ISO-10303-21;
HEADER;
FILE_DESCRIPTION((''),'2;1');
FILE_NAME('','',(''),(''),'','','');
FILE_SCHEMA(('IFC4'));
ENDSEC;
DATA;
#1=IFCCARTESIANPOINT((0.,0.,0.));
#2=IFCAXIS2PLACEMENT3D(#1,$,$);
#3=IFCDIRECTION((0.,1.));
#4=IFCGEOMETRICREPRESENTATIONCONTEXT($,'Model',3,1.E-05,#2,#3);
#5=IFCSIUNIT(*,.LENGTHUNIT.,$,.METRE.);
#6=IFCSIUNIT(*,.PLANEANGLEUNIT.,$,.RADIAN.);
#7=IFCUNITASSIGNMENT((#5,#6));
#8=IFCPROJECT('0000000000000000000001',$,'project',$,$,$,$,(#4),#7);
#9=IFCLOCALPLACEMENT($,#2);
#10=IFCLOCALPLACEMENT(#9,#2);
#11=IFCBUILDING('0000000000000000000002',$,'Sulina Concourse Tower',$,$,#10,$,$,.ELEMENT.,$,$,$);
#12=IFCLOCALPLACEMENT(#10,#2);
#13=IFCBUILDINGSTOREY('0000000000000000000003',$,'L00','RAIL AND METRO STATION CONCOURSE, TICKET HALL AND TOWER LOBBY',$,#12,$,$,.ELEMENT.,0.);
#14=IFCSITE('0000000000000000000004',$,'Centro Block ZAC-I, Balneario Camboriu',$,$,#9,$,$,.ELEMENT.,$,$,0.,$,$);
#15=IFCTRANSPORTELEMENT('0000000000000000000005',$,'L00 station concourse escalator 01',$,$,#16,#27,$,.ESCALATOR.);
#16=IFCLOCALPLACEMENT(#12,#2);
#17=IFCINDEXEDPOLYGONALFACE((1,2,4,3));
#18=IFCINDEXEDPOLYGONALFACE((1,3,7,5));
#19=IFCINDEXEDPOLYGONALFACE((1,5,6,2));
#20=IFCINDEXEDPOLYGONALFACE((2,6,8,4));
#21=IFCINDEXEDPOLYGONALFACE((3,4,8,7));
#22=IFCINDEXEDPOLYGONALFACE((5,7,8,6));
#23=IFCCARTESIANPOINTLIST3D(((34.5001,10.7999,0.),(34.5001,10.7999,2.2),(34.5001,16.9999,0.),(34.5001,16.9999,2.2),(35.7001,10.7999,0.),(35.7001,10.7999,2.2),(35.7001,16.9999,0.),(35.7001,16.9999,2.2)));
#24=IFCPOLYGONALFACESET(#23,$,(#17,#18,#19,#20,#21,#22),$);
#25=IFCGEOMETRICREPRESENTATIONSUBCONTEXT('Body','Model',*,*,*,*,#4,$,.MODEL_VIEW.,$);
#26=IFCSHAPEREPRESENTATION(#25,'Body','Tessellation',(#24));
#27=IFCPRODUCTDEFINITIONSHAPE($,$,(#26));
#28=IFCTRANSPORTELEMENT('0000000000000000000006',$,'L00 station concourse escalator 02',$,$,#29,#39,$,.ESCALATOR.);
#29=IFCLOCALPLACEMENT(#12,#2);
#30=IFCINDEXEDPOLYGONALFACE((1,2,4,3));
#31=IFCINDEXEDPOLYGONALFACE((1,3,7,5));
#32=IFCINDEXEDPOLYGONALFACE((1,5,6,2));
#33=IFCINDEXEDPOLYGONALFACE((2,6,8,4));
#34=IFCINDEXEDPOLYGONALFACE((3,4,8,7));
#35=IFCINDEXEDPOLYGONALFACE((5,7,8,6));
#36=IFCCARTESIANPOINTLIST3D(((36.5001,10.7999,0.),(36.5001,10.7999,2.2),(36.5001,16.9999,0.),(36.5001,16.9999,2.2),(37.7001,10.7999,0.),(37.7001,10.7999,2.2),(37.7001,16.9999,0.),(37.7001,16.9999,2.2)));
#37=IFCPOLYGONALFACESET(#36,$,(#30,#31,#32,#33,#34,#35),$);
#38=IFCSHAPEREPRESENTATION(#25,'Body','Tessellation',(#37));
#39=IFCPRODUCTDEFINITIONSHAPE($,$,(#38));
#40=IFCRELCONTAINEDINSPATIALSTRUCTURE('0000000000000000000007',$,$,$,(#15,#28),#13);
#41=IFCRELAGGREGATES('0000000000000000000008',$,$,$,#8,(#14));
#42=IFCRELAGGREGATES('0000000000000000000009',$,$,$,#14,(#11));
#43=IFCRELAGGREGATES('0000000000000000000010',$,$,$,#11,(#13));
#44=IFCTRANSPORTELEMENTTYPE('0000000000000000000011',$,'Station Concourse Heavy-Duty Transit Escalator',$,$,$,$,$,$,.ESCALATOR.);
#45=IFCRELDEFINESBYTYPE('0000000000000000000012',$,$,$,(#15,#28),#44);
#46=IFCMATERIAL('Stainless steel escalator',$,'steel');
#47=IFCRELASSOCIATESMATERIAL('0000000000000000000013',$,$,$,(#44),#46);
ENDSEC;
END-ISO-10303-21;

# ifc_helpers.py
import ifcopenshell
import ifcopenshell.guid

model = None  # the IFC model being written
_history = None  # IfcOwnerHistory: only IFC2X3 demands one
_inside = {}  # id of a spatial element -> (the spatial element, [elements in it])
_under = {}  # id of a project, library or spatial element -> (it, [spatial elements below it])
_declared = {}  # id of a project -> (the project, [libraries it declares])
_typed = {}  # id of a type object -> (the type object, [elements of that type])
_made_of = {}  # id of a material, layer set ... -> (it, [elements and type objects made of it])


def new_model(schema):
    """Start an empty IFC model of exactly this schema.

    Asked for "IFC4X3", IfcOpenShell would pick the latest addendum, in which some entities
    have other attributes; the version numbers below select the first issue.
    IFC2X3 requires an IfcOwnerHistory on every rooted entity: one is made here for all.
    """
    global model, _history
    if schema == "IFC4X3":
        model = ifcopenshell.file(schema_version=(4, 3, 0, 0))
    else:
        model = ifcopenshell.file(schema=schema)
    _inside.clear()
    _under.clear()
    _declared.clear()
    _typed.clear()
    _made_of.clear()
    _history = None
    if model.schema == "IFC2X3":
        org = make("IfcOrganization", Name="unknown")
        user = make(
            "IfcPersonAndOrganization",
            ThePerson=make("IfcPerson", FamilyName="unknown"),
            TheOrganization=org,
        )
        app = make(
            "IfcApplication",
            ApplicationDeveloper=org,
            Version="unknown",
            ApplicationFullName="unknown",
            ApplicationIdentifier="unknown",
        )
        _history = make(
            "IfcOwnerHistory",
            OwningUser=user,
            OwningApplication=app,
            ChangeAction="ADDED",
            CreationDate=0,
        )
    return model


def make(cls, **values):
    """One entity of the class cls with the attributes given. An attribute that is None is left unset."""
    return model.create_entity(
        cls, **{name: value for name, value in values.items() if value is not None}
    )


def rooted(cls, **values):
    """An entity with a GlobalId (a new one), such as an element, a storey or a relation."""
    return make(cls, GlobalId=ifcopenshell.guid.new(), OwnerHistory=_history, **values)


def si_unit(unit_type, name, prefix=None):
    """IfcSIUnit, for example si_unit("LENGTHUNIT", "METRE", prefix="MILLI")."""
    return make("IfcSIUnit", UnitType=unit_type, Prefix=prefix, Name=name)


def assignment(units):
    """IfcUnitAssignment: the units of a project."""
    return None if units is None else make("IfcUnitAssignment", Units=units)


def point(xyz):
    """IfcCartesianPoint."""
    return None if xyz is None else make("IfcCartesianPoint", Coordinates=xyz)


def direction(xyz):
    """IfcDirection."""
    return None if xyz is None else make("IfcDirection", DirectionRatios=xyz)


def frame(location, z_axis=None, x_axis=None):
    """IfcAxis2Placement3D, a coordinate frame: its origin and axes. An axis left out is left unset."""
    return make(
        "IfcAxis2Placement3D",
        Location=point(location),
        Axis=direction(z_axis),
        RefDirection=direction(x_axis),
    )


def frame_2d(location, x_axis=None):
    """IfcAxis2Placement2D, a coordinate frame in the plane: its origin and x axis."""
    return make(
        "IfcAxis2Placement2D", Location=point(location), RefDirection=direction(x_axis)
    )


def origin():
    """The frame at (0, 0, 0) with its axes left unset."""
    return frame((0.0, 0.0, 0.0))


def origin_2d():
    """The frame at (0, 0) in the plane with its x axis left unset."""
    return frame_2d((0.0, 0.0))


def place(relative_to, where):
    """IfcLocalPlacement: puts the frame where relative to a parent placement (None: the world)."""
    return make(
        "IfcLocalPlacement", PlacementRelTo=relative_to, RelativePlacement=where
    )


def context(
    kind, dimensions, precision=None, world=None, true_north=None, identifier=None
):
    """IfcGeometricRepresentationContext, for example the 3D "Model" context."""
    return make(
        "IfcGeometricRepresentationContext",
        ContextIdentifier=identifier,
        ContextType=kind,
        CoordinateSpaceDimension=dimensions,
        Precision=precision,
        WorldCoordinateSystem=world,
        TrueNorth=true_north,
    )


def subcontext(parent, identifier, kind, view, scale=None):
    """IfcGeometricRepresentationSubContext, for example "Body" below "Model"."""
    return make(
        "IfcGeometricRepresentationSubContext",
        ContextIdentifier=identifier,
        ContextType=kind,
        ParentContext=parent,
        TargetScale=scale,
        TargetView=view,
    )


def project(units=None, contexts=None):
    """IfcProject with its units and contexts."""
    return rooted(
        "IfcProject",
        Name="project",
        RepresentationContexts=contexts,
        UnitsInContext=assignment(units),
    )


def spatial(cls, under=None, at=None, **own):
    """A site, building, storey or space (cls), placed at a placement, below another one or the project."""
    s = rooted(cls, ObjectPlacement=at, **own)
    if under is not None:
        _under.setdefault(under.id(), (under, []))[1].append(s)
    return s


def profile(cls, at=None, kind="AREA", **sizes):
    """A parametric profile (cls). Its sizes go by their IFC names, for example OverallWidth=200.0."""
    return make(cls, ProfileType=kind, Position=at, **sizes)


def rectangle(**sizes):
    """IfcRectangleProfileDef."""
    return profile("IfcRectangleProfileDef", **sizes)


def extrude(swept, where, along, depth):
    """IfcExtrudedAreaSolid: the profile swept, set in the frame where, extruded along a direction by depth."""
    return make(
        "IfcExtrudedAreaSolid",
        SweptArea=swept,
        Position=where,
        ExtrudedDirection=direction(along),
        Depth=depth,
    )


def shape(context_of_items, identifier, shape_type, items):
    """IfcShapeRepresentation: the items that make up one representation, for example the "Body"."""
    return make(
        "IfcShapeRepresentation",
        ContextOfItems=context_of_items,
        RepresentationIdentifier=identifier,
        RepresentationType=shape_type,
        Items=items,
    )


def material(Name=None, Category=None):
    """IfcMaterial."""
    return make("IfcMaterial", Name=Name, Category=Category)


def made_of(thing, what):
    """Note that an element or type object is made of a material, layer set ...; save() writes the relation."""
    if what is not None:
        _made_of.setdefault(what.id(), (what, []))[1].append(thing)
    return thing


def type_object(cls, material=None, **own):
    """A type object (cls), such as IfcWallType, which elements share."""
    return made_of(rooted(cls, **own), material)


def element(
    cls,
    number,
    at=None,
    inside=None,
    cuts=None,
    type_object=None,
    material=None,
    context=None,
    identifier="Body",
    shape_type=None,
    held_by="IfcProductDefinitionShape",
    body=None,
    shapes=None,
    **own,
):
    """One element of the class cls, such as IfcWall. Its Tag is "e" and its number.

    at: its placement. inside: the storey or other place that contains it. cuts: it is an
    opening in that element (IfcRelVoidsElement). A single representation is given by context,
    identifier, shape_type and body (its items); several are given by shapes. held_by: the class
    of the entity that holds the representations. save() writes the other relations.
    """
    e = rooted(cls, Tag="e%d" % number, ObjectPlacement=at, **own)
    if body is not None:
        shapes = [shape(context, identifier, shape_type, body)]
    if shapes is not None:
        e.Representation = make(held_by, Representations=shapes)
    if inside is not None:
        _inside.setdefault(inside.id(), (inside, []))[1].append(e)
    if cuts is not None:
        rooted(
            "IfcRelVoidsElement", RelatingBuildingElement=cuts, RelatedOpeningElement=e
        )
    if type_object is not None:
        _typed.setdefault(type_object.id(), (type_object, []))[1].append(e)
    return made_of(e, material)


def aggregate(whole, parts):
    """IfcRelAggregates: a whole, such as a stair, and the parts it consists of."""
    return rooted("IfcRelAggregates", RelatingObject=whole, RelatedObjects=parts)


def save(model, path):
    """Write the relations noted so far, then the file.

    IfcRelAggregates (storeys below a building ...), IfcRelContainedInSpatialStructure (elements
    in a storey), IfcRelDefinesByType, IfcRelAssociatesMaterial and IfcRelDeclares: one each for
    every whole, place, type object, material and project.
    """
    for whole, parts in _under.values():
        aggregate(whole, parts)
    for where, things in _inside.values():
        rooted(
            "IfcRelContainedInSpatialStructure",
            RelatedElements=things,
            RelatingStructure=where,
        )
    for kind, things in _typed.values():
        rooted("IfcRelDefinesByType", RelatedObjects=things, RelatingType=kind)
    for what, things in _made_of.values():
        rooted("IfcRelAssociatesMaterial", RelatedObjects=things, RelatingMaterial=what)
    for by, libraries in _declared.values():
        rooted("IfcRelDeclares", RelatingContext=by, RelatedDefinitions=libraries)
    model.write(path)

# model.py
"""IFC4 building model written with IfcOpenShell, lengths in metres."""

from ifc_helpers import new_model, si_unit, direction, frame, origin, origin_2d, place, context, subcontext, project, spatial, rectangle, extrude, material, type_object, element, save


model = new_model("IFC4")

# Units and contexts
model_context = context("Model", 3, precision=1e-05, world=origin(), true_north=direction((0.0, 1.0)))
body_context = subcontext(model_context, "Body", "Model", "MODEL_VIEW")
ifc_project = project(units=[si_unit("LENGTHUNIT", "METRE"), si_unit("PLANEANGLEUNIT", "RADIAN")], contexts=[model_context])

# Site, building, storey
site_placement = place(None, origin())
site = spatial("IfcSite", under=ifc_project, at=site_placement, Name="Centro Block ZAC-I, Balneario Camboriu", CompositionType="ELEMENT", RefElevation=0.0)
building_placement = place(site_placement, origin())
building = spatial("IfcBuilding", under=site, at=building_placement, Name="Sulina Concourse Tower", CompositionType="ELEMENT")
storey_placement = place(building_placement, origin())
storey = spatial("IfcBuildingStorey", under=building, at=storey_placement, Name="L00", Description="RAIL AND METRO STATION CONCOURSE, TICKET HALL AND TOWER LOBBY", CompositionType="ELEMENT", Elevation=0.0)

# Transport elements
ifc_material_1 = material(Name="Stainless steel escalator", Category="steel")
transport_element_type = type_object("IfcTransportElementType", Name="Station Concourse Heavy-Duty Transit Escalator", PredefinedType="ESCALATOR", material=ifc_material_1)
for number, where, z_axis, x_axis, name in (
    (1, (35.1001, 13.8999, 0.0), (0.0, 0.0, 1.0), (1.0, 0.0, 0.0), "L00 station concourse escalator 01"),
    (2, (37.1001, 13.8999, 0.0), (0.0, 0.0, 1.0), (1.0, 0.0, 0.0), "L00 station concourse escalator 02"),
):
    element("IfcTransportElement", number, at=place(storey_placement, frame(where, z_axis=z_axis, x_axis=x_axis)), inside=storey, type_object=transport_element_type, Name=name, PredefinedType="ESCALATOR", context=body_context, shape_type="SweptSolid", body=[
        extrude(rectangle(XDim=1.2, YDim=6.2, at=origin_2d()), origin(), (0.0, 0.0, 1.0), 2.2),
    ])

save(model, "model.ifc")
